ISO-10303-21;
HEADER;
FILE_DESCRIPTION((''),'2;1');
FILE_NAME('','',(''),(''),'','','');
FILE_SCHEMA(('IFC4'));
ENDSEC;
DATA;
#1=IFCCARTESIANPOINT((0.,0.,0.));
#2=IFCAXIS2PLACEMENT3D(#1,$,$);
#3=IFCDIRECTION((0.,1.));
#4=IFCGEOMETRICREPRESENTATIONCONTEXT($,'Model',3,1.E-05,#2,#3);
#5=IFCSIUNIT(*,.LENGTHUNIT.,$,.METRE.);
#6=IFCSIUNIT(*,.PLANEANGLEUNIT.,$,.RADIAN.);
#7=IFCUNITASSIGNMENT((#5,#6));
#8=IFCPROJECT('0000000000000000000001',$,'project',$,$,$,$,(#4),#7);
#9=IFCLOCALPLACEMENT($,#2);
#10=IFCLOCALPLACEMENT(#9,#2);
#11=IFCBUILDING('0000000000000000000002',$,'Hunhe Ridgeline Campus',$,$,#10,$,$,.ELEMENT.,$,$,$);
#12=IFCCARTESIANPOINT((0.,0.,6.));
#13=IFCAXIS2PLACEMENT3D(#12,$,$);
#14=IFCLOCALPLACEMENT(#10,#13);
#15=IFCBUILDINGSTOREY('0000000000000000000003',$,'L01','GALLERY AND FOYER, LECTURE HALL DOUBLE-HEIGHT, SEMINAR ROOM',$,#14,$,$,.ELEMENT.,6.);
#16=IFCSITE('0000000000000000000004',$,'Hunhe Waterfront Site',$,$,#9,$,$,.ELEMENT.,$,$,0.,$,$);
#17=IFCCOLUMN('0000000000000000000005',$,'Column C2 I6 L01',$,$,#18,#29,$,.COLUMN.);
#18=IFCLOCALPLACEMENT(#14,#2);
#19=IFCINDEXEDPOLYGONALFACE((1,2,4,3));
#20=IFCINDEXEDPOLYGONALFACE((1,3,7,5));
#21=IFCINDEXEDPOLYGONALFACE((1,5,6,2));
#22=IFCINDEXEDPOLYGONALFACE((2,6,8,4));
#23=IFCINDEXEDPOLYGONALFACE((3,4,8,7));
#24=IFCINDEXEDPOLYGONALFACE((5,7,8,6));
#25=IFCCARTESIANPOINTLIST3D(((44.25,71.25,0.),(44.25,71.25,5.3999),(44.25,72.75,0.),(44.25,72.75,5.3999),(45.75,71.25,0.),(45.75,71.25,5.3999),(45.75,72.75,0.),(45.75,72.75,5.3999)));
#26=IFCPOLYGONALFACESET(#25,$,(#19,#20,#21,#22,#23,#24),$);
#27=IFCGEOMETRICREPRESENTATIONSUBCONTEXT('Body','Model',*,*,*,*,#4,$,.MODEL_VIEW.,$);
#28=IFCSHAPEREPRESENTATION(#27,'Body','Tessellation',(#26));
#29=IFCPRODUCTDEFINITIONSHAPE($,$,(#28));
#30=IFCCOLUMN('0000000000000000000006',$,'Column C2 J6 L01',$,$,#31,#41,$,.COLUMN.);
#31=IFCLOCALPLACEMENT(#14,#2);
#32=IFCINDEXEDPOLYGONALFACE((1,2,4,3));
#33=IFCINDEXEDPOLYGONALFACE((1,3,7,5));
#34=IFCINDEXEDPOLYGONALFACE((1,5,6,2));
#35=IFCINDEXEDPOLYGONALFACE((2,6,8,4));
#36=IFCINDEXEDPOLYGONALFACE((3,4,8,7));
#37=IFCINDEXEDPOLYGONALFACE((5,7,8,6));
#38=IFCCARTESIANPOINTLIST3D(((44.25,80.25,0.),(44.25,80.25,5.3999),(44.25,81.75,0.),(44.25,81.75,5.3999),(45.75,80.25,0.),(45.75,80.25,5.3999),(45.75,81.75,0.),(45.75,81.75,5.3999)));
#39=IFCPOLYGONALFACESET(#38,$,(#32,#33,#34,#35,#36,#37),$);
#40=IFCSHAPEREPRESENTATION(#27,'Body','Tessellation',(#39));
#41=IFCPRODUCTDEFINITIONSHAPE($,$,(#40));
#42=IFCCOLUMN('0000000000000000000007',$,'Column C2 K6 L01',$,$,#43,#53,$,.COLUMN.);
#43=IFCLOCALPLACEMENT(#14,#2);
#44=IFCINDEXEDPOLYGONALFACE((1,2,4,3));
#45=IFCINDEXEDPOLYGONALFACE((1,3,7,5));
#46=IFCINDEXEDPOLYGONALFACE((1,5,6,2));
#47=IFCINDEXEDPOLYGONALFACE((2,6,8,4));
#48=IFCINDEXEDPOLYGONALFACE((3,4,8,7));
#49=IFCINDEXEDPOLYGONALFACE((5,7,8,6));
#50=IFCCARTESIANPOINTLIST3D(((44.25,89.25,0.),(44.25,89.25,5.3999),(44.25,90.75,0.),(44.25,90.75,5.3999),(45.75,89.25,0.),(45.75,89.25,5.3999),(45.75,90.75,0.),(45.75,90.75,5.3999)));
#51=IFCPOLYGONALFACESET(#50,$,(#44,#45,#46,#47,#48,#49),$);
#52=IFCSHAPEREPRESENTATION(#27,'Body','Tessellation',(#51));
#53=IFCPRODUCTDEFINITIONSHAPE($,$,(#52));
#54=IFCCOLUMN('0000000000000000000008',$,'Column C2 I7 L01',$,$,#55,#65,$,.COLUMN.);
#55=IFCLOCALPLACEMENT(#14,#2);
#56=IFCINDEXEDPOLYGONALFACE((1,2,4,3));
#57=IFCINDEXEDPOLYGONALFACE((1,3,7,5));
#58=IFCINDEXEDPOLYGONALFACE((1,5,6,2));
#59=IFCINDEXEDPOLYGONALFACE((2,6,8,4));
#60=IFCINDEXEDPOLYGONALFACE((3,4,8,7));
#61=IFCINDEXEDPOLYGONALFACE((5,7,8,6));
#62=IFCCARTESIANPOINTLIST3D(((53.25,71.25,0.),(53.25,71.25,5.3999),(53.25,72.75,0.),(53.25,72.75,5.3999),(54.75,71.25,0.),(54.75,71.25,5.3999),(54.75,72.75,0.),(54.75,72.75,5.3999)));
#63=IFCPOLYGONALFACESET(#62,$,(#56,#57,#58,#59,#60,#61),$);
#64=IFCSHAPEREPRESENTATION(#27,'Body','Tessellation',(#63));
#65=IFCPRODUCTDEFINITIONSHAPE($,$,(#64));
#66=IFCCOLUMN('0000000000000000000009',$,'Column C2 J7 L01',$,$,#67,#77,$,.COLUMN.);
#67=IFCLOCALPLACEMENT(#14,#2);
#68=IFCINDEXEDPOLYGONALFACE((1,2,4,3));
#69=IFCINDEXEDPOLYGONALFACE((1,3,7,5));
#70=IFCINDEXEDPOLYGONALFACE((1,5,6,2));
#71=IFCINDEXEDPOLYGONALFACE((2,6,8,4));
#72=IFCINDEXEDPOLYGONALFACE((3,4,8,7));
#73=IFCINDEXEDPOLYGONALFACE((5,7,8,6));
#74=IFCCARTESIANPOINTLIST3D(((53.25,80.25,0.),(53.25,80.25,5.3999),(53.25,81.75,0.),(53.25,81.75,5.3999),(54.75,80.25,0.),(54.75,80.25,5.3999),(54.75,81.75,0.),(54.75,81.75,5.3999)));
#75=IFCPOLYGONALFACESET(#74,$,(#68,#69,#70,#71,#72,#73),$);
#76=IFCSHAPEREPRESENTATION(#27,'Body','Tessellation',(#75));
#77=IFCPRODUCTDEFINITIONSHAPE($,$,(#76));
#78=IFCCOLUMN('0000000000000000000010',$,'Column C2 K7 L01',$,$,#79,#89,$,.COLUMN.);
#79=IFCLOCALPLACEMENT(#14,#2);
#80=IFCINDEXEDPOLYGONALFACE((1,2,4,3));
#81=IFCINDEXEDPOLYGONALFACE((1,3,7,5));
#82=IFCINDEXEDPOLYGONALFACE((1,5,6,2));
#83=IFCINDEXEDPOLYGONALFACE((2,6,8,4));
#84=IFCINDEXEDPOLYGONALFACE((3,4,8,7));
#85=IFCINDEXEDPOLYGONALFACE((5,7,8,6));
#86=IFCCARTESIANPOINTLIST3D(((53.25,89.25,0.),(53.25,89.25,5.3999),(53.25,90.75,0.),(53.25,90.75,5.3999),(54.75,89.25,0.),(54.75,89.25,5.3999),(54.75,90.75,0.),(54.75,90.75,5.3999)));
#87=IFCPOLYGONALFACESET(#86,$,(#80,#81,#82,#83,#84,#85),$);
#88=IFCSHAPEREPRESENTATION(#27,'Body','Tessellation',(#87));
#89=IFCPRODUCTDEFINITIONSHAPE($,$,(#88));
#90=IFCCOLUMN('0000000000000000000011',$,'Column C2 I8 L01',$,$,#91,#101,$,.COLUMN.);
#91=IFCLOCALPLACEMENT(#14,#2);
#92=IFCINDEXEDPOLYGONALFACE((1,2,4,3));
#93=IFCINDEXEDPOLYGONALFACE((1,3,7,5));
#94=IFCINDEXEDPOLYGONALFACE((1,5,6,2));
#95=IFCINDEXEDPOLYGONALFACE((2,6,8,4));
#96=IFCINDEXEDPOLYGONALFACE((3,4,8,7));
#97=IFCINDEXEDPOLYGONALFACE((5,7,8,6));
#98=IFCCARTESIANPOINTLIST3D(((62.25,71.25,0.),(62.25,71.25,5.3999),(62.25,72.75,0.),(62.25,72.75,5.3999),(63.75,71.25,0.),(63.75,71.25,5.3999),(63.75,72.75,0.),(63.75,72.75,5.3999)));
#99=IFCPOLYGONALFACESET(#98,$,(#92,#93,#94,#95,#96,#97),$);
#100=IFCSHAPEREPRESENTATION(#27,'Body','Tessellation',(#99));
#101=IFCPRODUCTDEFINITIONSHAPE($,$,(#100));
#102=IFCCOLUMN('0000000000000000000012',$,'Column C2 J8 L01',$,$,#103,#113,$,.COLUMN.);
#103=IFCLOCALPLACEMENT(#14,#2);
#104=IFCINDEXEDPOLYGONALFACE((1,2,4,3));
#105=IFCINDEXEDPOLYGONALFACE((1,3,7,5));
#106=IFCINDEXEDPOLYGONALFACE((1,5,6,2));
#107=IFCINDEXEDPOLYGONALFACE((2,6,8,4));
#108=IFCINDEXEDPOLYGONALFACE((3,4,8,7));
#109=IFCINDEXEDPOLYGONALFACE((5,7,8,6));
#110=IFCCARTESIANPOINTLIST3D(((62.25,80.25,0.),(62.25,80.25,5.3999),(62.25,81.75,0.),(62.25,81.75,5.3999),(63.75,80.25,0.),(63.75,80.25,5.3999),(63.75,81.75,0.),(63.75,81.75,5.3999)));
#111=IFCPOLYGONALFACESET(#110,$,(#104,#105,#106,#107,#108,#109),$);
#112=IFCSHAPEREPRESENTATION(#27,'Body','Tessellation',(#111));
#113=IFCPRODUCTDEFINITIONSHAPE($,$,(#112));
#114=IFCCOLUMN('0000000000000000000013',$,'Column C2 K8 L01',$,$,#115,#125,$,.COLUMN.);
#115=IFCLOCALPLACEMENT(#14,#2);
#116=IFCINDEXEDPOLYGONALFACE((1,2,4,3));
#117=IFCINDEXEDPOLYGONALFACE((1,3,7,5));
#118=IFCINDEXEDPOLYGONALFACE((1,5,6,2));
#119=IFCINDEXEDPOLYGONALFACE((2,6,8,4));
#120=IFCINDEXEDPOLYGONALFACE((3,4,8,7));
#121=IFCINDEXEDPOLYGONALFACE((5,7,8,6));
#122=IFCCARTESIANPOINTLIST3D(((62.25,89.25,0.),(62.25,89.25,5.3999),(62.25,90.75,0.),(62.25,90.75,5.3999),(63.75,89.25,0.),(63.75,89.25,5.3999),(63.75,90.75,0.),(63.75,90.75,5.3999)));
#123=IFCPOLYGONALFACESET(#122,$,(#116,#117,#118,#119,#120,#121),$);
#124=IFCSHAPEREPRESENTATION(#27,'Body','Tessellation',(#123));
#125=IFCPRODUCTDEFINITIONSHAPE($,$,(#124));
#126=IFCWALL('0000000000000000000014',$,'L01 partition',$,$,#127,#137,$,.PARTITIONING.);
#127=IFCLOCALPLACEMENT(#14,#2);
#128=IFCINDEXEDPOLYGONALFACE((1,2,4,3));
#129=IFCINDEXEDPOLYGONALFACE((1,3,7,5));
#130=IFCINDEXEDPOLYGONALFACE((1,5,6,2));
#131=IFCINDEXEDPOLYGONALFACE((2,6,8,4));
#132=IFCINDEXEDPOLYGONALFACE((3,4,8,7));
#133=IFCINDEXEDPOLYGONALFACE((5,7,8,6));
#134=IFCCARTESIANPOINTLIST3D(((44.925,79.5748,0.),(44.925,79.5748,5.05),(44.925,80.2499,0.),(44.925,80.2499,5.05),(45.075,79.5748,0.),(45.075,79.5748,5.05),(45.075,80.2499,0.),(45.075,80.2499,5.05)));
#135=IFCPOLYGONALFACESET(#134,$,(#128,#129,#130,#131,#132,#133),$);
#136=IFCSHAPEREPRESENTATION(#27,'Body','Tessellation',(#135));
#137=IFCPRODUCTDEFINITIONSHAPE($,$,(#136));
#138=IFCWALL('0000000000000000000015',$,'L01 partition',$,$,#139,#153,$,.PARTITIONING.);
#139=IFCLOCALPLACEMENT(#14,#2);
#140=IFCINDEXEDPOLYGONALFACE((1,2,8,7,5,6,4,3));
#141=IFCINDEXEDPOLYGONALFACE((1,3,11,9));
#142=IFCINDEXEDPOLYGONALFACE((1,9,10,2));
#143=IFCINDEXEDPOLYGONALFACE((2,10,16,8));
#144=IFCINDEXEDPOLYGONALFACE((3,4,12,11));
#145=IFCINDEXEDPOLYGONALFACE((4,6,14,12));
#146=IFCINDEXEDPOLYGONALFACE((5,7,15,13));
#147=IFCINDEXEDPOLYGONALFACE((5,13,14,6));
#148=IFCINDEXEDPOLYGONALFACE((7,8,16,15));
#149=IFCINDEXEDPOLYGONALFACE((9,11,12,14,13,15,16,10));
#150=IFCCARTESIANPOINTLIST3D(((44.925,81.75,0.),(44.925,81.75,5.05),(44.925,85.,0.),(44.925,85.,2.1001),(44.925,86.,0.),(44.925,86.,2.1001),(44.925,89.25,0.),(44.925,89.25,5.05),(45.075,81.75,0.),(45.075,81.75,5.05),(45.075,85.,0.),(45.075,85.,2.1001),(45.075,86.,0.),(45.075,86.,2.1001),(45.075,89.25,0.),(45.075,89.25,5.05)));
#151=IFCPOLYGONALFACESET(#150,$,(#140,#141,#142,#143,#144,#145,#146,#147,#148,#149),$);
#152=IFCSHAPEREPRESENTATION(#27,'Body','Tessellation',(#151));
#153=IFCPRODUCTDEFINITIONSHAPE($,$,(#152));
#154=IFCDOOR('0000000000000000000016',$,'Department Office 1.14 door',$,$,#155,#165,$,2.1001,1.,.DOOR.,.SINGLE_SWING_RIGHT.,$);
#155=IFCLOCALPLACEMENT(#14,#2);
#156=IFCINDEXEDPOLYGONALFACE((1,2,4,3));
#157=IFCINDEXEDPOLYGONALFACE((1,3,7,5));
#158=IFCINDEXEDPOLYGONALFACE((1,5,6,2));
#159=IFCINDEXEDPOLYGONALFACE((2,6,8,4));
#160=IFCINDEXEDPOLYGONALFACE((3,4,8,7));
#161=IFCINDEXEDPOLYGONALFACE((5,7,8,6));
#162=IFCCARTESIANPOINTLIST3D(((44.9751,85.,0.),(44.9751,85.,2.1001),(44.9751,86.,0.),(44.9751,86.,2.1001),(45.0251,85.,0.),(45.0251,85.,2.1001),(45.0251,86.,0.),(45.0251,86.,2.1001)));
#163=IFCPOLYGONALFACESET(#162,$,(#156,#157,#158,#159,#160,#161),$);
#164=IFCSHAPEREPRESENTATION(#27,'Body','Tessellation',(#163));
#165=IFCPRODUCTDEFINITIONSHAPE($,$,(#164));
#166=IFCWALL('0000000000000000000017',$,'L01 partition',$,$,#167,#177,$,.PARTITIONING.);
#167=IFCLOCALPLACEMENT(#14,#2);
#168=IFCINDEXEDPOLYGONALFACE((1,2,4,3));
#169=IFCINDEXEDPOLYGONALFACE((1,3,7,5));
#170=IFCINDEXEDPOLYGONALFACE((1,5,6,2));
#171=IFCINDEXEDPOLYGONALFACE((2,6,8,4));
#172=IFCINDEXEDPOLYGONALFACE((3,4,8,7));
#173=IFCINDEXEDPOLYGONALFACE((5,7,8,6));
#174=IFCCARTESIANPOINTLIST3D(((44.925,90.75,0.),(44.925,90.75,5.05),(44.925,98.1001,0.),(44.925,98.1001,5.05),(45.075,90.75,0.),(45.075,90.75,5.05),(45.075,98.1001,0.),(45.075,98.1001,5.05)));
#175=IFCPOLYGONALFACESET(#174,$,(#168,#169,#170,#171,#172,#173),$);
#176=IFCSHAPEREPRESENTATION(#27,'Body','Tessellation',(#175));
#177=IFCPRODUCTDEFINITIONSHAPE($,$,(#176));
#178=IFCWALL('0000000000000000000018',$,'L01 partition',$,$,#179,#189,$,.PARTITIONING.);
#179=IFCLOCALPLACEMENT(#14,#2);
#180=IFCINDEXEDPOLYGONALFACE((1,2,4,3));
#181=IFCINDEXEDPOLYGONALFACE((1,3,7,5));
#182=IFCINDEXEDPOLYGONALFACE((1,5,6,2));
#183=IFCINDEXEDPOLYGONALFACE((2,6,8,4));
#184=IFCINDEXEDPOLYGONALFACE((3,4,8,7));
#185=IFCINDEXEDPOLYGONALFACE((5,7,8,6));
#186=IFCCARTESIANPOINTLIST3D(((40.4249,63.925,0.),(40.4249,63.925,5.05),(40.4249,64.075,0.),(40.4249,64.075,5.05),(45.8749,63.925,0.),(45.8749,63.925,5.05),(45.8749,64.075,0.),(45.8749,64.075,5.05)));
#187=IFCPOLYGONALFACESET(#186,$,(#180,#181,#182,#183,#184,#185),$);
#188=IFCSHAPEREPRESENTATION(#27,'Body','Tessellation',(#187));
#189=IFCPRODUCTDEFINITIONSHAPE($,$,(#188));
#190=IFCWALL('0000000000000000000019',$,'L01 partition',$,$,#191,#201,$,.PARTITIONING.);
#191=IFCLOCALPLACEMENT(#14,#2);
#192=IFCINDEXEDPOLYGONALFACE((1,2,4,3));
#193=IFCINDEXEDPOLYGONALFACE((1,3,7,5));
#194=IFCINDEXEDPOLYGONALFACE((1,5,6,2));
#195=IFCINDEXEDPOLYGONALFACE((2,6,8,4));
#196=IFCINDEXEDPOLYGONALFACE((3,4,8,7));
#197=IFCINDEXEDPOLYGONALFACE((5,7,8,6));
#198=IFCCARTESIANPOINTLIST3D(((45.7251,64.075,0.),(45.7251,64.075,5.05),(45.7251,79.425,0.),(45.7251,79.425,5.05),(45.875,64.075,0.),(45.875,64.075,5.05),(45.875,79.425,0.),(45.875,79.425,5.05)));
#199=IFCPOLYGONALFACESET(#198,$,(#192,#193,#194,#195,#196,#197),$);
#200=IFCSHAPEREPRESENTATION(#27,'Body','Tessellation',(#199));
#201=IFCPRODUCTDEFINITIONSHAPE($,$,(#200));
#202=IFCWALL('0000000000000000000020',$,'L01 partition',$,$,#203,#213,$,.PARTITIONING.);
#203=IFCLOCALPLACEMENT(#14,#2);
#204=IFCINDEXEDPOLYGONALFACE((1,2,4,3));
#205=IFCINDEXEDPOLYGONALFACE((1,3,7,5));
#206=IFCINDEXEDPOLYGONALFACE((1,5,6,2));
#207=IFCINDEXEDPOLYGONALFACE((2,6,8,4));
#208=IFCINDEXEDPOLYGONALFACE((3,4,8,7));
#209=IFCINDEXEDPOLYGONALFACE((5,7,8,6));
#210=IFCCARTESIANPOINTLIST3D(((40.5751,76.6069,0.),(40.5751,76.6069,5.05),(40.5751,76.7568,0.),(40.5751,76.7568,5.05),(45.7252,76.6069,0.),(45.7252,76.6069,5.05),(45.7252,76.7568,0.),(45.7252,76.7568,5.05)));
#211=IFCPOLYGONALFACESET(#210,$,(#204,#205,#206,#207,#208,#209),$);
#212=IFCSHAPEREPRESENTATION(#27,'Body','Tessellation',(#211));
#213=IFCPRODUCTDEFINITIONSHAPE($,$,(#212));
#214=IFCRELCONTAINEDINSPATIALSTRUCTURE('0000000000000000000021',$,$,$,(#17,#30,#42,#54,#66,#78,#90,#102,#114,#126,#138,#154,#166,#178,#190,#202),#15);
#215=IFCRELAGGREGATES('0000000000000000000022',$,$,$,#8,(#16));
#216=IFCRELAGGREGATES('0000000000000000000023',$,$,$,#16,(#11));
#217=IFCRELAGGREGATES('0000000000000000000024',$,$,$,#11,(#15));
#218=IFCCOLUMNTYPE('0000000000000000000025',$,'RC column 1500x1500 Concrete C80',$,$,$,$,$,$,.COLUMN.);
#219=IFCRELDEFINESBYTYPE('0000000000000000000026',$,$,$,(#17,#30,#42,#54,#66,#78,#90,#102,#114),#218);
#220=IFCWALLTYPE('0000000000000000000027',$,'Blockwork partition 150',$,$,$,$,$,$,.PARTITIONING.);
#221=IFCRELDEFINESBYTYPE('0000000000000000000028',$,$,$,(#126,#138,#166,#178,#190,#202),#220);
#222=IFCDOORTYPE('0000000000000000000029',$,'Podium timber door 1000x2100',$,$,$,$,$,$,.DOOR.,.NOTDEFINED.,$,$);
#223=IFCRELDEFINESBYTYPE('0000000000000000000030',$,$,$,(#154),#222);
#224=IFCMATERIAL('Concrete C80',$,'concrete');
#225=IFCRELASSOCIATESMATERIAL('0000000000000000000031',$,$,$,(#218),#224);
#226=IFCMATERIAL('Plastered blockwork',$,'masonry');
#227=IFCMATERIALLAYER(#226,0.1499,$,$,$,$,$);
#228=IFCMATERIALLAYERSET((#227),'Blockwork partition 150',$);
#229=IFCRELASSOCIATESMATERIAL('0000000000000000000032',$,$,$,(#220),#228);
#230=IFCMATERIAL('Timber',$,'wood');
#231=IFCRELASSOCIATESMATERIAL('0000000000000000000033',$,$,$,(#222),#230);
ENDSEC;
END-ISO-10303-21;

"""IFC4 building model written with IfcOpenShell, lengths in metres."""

from ifc_helpers import new_model, si_unit, direction, frame, frame_2d, origin, origin_2d, place, context, subcontext, project, spatial, rectangle, extrude, material, layer, layer_set, material_profile, profile_set, type_object, element, fill, save


model = new_model("IFC4")

# Units and contexts
model_context = context("Model", 3, precision=1e-05, world=origin(), true_north=direction((0.0, 1.0)))
body_context = subcontext(model_context, "Body", "Model", "MODEL_VIEW")
ifc_project = project(units=[si_unit("LENGTHUNIT", "METRE"), si_unit("PLANEANGLEUNIT", "RADIAN")], contexts=[model_context])

# Site, building, storey
site_placement = place(None, origin())
site = spatial("IfcSite", under=ifc_project, at=site_placement, Name="Hunhe Waterfront Site", CompositionType="ELEMENT", RefElevation=0.0)
building_placement = place(site_placement, origin())
building = spatial("IfcBuilding", under=site, at=building_placement, Name="Hunhe Ridgeline Campus", CompositionType="ELEMENT")
storey_placement = place(building_placement, frame((0.0, 0.0, 6.0)))
storey = spatial("IfcBuildingStorey", under=building, at=storey_placement, Name="L01", Description="GALLERY AND FOYER, LECTURE HALL DOUBLE-HEIGHT, SEMINAR ROOM", CompositionType="ELEMENT", Elevation=6.0)

# Columns
ifc_material_1 = material(Name="Concrete C80", Category="concrete")
ifc_material_profile = material_profile(ifc_material_1, rectangle(XDim=1.5, YDim=1.5, at=origin_2d()))
ifc_profile_set = profile_set([ifc_material_profile], Name="Concrete C80")
column_type = type_object("IfcColumnType", Name="RC column 1500x1500 Concrete C80", PredefinedType="COLUMN", material=ifc_profile_set)
for number, where, z_axis, x_axis, name in (
    (1, (45.0, 72.0, 0.0), (0.0, 0.0, 1.0), (1.0, 0.0, 0.0), "Column C2 I6 L01"),
    (2, (45.0, 81.0, 0.0), (0.0, 0.0, 1.0), (1.0, 0.0, 0.0), "Column C2 J6 L01"),
    (3, (45.0, 90.0, 0.0), (0.0, 0.0, 1.0), (1.0, 0.0, 0.0), "Column C2 K6 L01"),
    (4, (54.0, 72.0, 0.0), (0.0, 0.0, 1.0), (1.0, 0.0, 0.0), "Column C2 I7 L01"),
    (5, (54.0, 81.0, 0.0), (0.0, 0.0, 1.0), (1.0, 0.0, 0.0), "Column C2 J7 L01"),
    (6, (54.0, 90.0, 0.0), (0.0, 0.0, 1.0), (1.0, 0.0, 0.0), "Column C2 K7 L01"),
    (7, (63.0, 72.0, 0.0), (0.0, 0.0, 1.0), (1.0, 0.0, 0.0), "Column C2 I8 L01"),
    (8, (63.0, 81.0, 0.0), (0.0, 0.0, 1.0), (1.0, 0.0, 0.0), "Column C2 J8 L01"),
    (9, (63.0, 90.0, 0.0), (0.0, 0.0, 1.0), (1.0, 0.0, 0.0), "Column C2 K8 L01"),
):
    element("IfcColumn", number, at=place(storey_placement, frame(where, z_axis=z_axis, x_axis=x_axis)), inside=storey, type_object=column_type, Name=name, PredefinedType="COLUMN", context=body_context, shape_type="SweptSolid", body=[
        extrude(rectangle(XDim=1.5, YDim=1.5, at=origin_2d()), origin(), (0.0, 0.0, 1.0), 5.3999),
    ])

# Wall
ifc_material_2 = material(Name="Plastered blockwork", Category="masonry")
ifc_layer_1 = layer(ifc_material_2, 0.1499)
ifc_layer_set_1 = layer_set([ifc_layer_1], Name="Blockwork partition 150")
wall_type_1 = type_object("IfcWallType", Name="Blockwork partition 150", PredefinedType="PARTITIONING", material=ifc_layer_set_1)
wall_1_placement = place(storey_placement, frame((45.0, 79.575, 0.0), z_axis=(0.0, 0.0, 1.0), x_axis=(0.0, 1.0, 0.0)))
element("IfcWall", 10, at=wall_1_placement, inside=storey, type_object=wall_type_1, Name="L01 partition", PredefinedType="PARTITIONING", context=body_context, shape_type="SweptSolid", body=[
    extrude(rectangle(XDim=0.675, YDim=0.1499, at=frame_2d((0.3374, 0.0))), origin(), (0.0, 0.0, 1.0), 5.05),
])

# Wall, opening, door
wall_2_placement = place(storey_placement, frame((45.0, 81.75, 0.0), z_axis=(0.0, 0.0, 1.0), x_axis=(0.0, 1.0, 0.0)))
wall_2 = element("IfcWall", 11, at=wall_2_placement, inside=storey, type_object=wall_type_1, Name="L01 partition", PredefinedType="PARTITIONING", context=body_context, shape_type="SweptSolid", body=[
    extrude(rectangle(XDim=7.5, YDim=0.1499, at=frame_2d((3.75, 0.0))), origin(), (0.0, 0.0, 1.0), 5.05),
])
opening_1_placement = place(wall_2_placement, frame((3.25, 0.0, 0.0)))
opening_1 = element("IfcOpeningElement", 12, at=opening_1_placement, cuts=wall_2, PredefinedType="OPENING", context=body_context, shape_type="SweptSolid", body=[
    extrude(rectangle(XDim=1.0, YDim=2.1001, at=frame_2d((0.5, 1.05))), frame((0.0, 0.075, 0.0), z_axis=(0.0, -1.0, 0.0), x_axis=(1.0, 0.0, 0.0)), (0.0, 0.0, 1.0), 0.1499),
])
ifc_material_3 = material(Name="Timber", Category="wood")
door_type_1 = type_object("IfcDoorType", Name="Podium timber door 1000x2100", OperationType="NOTDEFINED", PredefinedType="DOOR", material=ifc_material_3)
door_1_placement = place(opening_1_placement, origin())
door_1 = element("IfcDoor", 13, at=door_1_placement, inside=storey, type_object=door_type_1, Name="Department Office 1.14 door", OperationType="SINGLE_SWING_RIGHT", OverallHeight=2.1001, OverallWidth=1.0, PredefinedType="DOOR", context=body_context, shape_type="SweptSolid", body=[
    extrude(rectangle(XDim=1.0, YDim=2.1001, at=frame_2d((0.5, 1.05))), frame((0.0, 0.0249, 0.0), z_axis=(0.0, -1.0, 0.0), x_axis=(1.0, 0.0, 0.0)), (0.0, 0.0, 1.0), 0.05),
])
fill(opening_1, door_1)

# Walls
wall_3_placement = place(storey_placement, frame((45.0, 90.75, 0.0), z_axis=(0.0, 0.0, 1.0), x_axis=(0.0, 1.0, 0.0)))
element("IfcWall", 14, at=wall_3_placement, inside=storey, type_object=wall_type_1, Name="L01 partition", PredefinedType="PARTITIONING", context=body_context, shape_type="SweptSolid", body=[
    extrude(rectangle(XDim=7.3501, YDim=0.1499, at=frame_2d((3.675, 0.0))), origin(), (0.0, 0.0, 1.0), 5.05),
])
wall_4_placement = place(storey_placement, frame((45.875, 64.0, 0.0), z_axis=(0.0, 0.0, 1.0), x_axis=(-1.0, 0.0, 0.0)))
element("IfcWall", 15, at=wall_4_placement, inside=storey, type_object=wall_type_1, Name="L01 partition", PredefinedType="PARTITIONING", context=body_context, shape_type="SweptSolid", body=[
    extrude(rectangle(XDim=5.45, YDim=0.1499, at=frame_2d((2.7251, 0.0))), origin(), (0.0, 0.0, 1.0), 5.05),
])
wall_5_placement = place(storey_placement, frame((45.8, 79.425, 0.0), z_axis=(0.0, 0.0, 1.0), x_axis=(0.0, -1.0, 0.0)))
element("IfcWall", 16, at=wall_5_placement, inside=storey, type_object=wall_type_1, Name="L01 partition", PredefinedType="PARTITIONING", context=body_context, shape_type="SweptSolid", body=[
    extrude(rectangle(XDim=15.3501, YDim=0.1499, at=frame_2d((7.675, 0.0))), origin(), (0.0, 0.0, 1.0), 5.05),
])
wall_6_placement = place(storey_placement, frame((40.575, 76.6819, 0.0), z_axis=(0.0, 0.0, 1.0), x_axis=(1.0, 0.0, 0.0)))
element("IfcWall", 17, at=wall_6_placement, inside=storey, type_object=wall_type_1, Name="L01 partition", PredefinedType="PARTITIONING", context=body_context, shape_type="SweptSolid", body=[
    extrude(rectangle(XDim=5.1501, YDim=0.1499, at=frame_2d((2.5752, 0.0))), origin(), (0.0, 0.0, 1.0), 5.05),
])

save(model, "model.ifc")
